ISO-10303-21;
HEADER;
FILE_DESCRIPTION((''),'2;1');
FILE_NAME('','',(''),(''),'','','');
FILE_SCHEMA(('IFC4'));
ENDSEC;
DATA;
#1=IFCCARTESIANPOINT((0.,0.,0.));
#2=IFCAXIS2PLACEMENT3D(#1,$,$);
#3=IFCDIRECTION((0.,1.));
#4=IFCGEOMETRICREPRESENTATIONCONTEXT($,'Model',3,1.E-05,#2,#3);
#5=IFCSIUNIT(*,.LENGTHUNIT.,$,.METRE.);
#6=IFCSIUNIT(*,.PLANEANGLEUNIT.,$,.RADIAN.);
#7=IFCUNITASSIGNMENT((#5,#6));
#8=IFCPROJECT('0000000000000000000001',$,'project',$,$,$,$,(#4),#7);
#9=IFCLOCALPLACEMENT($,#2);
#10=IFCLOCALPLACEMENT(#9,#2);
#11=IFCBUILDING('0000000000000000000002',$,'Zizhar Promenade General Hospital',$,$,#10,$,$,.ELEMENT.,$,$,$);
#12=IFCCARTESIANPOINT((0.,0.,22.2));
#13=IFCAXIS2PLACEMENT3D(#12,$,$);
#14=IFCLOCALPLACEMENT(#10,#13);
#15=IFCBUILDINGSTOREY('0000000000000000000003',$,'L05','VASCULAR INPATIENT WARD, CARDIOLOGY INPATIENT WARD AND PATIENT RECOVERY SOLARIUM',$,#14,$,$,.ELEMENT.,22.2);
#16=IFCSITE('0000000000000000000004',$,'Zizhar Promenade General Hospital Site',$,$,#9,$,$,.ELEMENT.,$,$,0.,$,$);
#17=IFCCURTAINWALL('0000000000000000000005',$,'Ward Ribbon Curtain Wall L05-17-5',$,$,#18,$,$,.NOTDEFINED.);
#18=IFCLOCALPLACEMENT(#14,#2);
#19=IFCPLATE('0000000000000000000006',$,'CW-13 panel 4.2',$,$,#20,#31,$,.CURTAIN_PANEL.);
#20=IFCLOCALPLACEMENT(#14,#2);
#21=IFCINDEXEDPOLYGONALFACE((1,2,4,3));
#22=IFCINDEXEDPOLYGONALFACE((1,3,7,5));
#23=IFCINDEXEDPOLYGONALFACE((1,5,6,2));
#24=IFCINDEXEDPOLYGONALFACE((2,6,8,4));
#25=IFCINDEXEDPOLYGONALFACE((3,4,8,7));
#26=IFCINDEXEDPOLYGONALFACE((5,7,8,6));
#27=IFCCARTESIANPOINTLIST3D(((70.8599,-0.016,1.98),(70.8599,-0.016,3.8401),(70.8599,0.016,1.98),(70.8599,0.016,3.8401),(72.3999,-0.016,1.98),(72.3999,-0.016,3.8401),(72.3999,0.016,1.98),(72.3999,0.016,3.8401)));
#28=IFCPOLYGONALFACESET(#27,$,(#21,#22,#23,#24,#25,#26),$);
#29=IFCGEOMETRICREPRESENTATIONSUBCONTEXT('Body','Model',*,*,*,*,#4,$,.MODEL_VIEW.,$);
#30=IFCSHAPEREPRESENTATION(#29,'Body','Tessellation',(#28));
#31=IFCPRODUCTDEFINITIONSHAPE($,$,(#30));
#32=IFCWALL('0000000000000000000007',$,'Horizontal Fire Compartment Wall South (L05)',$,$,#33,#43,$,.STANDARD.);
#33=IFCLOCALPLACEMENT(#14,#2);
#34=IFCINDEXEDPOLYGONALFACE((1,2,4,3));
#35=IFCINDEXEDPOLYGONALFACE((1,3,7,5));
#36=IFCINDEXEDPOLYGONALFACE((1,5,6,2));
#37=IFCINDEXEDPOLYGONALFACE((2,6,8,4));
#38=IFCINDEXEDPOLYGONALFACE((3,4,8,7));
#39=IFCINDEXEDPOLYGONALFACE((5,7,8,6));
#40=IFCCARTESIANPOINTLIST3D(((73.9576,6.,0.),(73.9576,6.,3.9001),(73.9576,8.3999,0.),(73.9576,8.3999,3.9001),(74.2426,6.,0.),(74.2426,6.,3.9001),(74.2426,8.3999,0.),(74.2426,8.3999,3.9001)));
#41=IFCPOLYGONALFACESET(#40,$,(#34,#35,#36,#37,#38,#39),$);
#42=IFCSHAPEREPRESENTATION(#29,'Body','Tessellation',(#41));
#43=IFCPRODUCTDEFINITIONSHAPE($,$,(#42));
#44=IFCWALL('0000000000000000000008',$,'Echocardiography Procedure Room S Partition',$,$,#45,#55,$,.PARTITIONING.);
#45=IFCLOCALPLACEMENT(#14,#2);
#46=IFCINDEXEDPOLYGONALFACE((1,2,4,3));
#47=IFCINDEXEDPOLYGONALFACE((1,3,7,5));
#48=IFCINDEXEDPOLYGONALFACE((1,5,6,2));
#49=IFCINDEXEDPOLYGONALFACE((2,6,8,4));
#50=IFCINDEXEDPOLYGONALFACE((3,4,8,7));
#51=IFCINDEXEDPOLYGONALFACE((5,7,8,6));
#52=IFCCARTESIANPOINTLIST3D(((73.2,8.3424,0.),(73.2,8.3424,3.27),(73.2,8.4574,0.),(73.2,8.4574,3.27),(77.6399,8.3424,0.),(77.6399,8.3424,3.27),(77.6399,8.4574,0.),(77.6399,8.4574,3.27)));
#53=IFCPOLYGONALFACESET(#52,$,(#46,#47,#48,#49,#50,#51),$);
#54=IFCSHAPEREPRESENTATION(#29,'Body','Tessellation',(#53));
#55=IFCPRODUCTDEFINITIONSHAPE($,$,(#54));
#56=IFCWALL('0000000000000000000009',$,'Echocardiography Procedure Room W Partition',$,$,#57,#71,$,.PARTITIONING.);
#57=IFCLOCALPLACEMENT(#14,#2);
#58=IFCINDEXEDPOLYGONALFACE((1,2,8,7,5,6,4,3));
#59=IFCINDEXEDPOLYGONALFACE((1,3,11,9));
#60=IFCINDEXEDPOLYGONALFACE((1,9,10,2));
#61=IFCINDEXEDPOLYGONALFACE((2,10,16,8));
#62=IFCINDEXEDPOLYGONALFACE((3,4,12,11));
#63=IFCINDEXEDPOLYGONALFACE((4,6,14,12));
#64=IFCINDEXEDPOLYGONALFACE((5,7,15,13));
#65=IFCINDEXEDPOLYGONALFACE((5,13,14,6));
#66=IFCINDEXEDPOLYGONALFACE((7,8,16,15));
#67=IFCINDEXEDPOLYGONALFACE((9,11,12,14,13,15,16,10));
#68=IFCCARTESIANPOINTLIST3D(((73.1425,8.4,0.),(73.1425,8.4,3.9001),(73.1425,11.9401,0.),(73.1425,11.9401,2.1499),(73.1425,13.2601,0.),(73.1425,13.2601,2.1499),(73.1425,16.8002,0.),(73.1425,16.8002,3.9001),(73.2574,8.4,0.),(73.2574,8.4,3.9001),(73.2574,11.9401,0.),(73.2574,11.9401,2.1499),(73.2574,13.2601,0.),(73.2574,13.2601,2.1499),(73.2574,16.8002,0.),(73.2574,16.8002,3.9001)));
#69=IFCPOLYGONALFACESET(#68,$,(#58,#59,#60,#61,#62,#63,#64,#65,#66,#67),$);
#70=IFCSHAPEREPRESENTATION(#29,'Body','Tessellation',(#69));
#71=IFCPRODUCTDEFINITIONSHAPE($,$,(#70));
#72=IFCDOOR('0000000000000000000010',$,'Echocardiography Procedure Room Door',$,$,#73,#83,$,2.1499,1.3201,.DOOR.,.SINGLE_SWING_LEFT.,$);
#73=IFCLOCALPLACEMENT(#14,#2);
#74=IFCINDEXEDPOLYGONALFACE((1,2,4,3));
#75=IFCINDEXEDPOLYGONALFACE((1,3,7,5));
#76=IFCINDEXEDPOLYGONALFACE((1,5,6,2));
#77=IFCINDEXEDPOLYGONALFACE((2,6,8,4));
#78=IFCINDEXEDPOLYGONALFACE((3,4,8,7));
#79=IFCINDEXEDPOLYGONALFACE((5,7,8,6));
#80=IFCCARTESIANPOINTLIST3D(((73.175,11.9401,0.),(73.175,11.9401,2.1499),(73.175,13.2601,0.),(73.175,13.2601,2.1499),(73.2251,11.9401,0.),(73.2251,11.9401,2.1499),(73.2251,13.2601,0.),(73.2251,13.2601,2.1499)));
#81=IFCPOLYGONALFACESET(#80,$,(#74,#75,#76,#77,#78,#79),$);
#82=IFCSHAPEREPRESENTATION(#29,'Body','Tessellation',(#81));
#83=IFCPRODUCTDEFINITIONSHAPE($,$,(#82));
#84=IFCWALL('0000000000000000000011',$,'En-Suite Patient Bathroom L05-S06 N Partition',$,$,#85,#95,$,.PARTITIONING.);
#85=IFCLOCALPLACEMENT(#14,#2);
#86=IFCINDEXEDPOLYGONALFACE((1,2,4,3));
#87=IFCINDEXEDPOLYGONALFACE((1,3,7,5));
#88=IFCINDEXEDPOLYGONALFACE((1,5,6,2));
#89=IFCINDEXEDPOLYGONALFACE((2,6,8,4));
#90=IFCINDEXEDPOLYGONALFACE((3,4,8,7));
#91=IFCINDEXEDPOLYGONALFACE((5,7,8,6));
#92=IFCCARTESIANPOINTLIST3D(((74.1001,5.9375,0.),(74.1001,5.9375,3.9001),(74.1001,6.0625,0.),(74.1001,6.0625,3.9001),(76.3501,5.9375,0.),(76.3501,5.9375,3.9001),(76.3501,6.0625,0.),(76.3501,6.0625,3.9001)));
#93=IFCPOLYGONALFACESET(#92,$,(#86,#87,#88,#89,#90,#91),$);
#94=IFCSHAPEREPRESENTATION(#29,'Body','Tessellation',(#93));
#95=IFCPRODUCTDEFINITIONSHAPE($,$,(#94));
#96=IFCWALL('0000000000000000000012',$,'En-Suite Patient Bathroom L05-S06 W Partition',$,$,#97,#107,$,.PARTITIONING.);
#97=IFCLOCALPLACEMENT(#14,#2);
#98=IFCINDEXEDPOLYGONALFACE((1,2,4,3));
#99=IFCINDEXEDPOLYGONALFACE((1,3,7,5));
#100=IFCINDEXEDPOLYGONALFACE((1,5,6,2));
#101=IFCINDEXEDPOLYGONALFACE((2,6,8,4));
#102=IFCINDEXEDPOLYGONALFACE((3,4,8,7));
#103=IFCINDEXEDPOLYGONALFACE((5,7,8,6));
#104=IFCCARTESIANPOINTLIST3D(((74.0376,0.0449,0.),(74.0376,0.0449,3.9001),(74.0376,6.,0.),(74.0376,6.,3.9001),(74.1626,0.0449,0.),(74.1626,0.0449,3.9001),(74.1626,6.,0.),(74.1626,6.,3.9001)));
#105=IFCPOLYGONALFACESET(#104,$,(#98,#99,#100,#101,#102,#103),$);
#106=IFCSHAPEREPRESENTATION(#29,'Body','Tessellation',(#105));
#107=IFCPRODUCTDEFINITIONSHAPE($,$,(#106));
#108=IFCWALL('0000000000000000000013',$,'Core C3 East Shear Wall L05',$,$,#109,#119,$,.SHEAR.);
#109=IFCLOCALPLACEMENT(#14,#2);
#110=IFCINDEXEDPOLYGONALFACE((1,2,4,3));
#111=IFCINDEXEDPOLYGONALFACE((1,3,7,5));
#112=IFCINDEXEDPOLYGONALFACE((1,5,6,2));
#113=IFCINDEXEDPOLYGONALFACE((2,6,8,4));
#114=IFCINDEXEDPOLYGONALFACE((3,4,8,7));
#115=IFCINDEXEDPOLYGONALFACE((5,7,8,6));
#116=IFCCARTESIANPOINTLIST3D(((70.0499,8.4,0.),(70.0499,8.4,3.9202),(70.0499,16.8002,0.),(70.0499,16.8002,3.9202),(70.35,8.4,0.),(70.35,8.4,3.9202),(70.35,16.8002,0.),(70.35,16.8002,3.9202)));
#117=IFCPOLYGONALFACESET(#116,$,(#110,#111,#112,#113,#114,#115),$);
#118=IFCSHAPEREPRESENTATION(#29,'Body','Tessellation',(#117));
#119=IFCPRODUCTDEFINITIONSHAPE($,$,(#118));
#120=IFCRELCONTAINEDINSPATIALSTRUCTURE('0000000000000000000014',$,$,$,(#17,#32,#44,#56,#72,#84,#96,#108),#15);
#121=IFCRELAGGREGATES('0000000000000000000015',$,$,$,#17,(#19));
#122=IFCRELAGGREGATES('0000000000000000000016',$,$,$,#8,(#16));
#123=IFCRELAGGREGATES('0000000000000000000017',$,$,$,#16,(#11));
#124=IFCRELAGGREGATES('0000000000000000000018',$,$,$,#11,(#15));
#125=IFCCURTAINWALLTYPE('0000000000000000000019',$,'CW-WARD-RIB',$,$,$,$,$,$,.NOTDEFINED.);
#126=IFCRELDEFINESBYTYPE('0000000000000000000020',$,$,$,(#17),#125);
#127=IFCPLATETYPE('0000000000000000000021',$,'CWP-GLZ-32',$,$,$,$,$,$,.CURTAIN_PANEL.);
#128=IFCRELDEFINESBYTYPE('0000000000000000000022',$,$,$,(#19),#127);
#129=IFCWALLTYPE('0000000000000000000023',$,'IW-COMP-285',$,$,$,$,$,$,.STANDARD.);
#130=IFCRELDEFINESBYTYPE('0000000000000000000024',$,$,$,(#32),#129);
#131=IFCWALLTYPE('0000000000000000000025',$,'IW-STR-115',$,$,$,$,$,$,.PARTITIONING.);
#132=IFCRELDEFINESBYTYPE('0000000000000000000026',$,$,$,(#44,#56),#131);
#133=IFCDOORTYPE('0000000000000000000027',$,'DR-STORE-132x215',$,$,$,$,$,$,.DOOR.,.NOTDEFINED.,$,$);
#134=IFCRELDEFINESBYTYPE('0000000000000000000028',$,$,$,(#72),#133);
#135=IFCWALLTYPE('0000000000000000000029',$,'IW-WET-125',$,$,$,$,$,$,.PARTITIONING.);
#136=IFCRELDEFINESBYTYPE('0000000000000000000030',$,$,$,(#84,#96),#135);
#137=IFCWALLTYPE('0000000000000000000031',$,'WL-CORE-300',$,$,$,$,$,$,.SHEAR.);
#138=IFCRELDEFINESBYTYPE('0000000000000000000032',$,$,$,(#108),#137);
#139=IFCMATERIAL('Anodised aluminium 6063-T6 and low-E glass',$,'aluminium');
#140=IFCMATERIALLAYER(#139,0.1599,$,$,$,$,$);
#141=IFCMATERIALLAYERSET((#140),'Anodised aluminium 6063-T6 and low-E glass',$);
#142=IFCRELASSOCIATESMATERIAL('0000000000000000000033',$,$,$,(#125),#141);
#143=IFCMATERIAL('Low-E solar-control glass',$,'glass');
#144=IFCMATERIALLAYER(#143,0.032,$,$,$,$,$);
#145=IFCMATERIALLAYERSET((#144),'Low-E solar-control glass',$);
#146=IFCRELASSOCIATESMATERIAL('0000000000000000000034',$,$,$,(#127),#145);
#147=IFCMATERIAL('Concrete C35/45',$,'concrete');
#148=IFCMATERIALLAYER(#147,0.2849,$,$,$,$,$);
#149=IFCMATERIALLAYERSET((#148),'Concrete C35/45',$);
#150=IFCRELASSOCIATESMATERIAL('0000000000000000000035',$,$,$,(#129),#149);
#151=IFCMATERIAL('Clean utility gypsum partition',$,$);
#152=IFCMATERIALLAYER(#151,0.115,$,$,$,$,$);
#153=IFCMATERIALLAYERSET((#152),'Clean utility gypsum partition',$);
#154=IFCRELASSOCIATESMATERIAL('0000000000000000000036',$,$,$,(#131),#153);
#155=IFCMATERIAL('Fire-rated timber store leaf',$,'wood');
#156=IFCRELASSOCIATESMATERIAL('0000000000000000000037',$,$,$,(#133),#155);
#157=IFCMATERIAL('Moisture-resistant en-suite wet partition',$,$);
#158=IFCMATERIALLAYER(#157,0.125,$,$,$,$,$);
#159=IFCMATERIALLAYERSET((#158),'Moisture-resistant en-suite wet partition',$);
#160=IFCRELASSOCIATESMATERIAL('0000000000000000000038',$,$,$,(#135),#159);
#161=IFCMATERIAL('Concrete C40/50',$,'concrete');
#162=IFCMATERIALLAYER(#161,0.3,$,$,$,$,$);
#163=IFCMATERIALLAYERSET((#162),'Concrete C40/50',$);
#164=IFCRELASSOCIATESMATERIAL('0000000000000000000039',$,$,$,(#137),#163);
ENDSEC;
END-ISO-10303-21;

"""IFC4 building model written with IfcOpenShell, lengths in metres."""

from ifc_helpers import new_model, si_unit, direction, frame, frame_2d, origin, origin_2d, place, context, subcontext, project, spatial, rectangle, extrude, material, layer, layer_set, type_object, element, fill, aggregate, save


model = new_model("IFC4")

# Units and contexts
model_context = context("Model", 3, precision=1e-05, world=origin(), true_north=direction((0.0, 1.0)))
body_context = subcontext(model_context, "Body", "Model", "MODEL_VIEW")
ifc_project = project(units=[si_unit("LENGTHUNIT", "METRE"), si_unit("PLANEANGLEUNIT", "RADIAN")], contexts=[model_context])

# Site, building, storey
site_placement = place(None, origin())
site = spatial("IfcSite", under=ifc_project, at=site_placement, Name="Zizhar Promenade General Hospital Site", CompositionType="ELEMENT", RefElevation=0.0)
building_placement = place(site_placement, origin())
building = spatial("IfcBuilding", under=site, at=building_placement, Name="Zizhar Promenade General Hospital", CompositionType="ELEMENT")
storey_placement = place(building_placement, frame((0.0, 0.0, 22.2)))
storey = spatial("IfcBuildingStorey", under=building, at=storey_placement, Name="L05", Description="VASCULAR INPATIENT WARD, CARDIOLOGY INPATIENT WARD AND PATIENT RECOVERY SOLARIUM", CompositionType="ELEMENT", Elevation=22.2)

# Curtain wall, plate
ifc_material_1 = material(Name="Anodised aluminium 6063-T6 and low-E glass", Category="aluminium")
ifc_layer_1 = layer(ifc_material_1, 0.1599)
ifc_layer_set_1 = layer_set([ifc_layer_1], Name="Anodised aluminium 6063-T6 and low-E glass")
curtain_wall_type = type_object("IfcCurtainWallType", Name="CW-WARD-RIB", PredefinedType="NOTDEFINED", material=ifc_layer_set_1)
curtain_wall_placement = place(storey_placement, origin())
curtain_wall = element("IfcCurtainWall", 1, at=curtain_wall_placement, inside=storey, type_object=curtain_wall_type, Name="Ward Ribbon Curtain Wall L05-17-5", PredefinedType="NOTDEFINED")
ifc_material_2 = material(Name="Low-E solar-control glass", Category="glass")
ifc_layer_2 = layer(ifc_material_2, 0.032)
ifc_layer_set_2 = layer_set([ifc_layer_2], Name="Low-E solar-control glass")
plate_type = type_object("IfcPlateType", Name="CWP-GLZ-32", PredefinedType="CURTAIN_PANEL", material=ifc_layer_set_2)
plate_1_placement = place(storey_placement, frame((71.6299, 0.0, 1.98), z_axis=(0.0, 0.0, 1.0), x_axis=(-1.0, 0.0, 0.0)))
plate_1 = element("IfcPlate", 2, at=plate_1_placement, type_object=plate_type, Name="CW-13 panel 4.2", PredefinedType="CURTAIN_PANEL", context=body_context, shape_type="SweptSolid", body=[
    extrude(rectangle(XDim=1.54, YDim=0.032, at=origin_2d()), origin(), (0.0, 0.0, 1.0), 1.8601),
])
aggregate(curtain_wall, [plate_1])

# Walls
ifc_material_3 = material(Name="Concrete C35/45", Category="concrete")
ifc_layer_3 = layer(ifc_material_3, 0.2849)
ifc_layer_set_3 = layer_set([ifc_layer_3], Name="Concrete C35/45")
wall_type_1 = type_object("IfcWallType", Name="IW-COMP-285", PredefinedType="STANDARD", material=ifc_layer_set_3)
wall_1_placement = place(storey_placement, frame((74.1001, 6.0, 0.0), z_axis=(0.0, 0.0, 1.0), x_axis=(0.0, 1.0, 0.0)))
element("IfcWall", 3, at=wall_1_placement, inside=storey, type_object=wall_type_1, Name="Horizontal Fire Compartment Wall South (L05)", PredefinedType="STANDARD", context=body_context, shape_type="SweptSolid", body=[
    extrude(rectangle(XDim=2.3999, YDim=0.2849, at=frame_2d((1.2, 0.0))), origin(), (0.0, 0.0, 1.0), 3.9001),
])
ifc_material_4 = material(Name="Clean utility gypsum partition")
ifc_layer_4 = layer(ifc_material_4, 0.115)
ifc_layer_set_4 = layer_set([ifc_layer_4], Name="Clean utility gypsum partition")
wall_type_2 = type_object("IfcWallType", Name="IW-STR-115", PredefinedType="PARTITIONING", material=ifc_layer_set_4)
wall_2_placement = place(storey_placement, frame((73.2, 8.3999, 0.0), z_axis=(0.0, 0.0, 1.0), x_axis=(1.0, 0.0, 0.0)))
element("IfcWall", 4, at=wall_2_placement, inside=storey, type_object=wall_type_2, Name="Echocardiography Procedure Room S Partition", PredefinedType="PARTITIONING", context=body_context, shape_type="SweptSolid", body=[
    extrude(rectangle(XDim=4.4399, YDim=0.115, at=frame_2d((2.22, 0.0))), origin(), (0.0, 0.0, 1.0), 3.27),
])

# Wall, opening, door
wall_3_placement = place(storey_placement, frame((73.2, 8.3999, 0.0), z_axis=(0.0, 0.0, 1.0), x_axis=(0.0, 1.0, 0.0)))
wall_3 = element("IfcWall", 5, at=wall_3_placement, inside=storey, type_object=wall_type_2, Name="Echocardiography Procedure Room W Partition", PredefinedType="PARTITIONING", context=body_context, shape_type="SweptSolid", body=[
    extrude(rectangle(XDim=8.4001, YDim=0.115, at=frame_2d((4.2002, 0.0))), origin(), (0.0, 0.0, 1.0), 3.9001),
])
opening_placement = place(wall_3_placement, frame((3.54, 0.0, 0.0)))
opening = element("IfcOpeningElement", 6, at=opening_placement, cuts=wall_3, PredefinedType="OPENING", context=body_context, shape_type="SweptSolid", body=[
    extrude(rectangle(XDim=1.3201, YDim=2.1499, at=frame_2d((0.6602, 1.075))), frame((0.0, 0.0674, 0.0), z_axis=(0.0, -1.0, 0.0), x_axis=(1.0, 0.0, 0.0)), (0.0, 0.0, 1.0), 0.135),
])
ifc_material_5 = material(Name="Fire-rated timber store leaf", Category="wood")
door_type = type_object("IfcDoorType", Name="DR-STORE-132x215", OperationType="NOTDEFINED", PredefinedType="DOOR", material=ifc_material_5)
door_placement = place(opening_placement, origin())
door = element("IfcDoor", 7, at=door_placement, inside=storey, type_object=door_type, Name="Echocardiography Procedure Room Door", OperationType="SINGLE_SWING_LEFT", OverallHeight=2.1499, OverallWidth=1.3201, PredefinedType="DOOR", context=body_context, shape_type="SweptSolid", body=[
    extrude(rectangle(XDim=1.3201, YDim=2.1499, at=frame_2d((0.6602, 1.075))), frame((0.0, 0.0249, 0.0), z_axis=(0.0, -1.0, 0.0), x_axis=(1.0, 0.0, 0.0)), (0.0, 0.0, 1.0), 0.05),
])
fill(opening, door)

# Walls
ifc_material_6 = material(Name="Moisture-resistant en-suite wet partition")
ifc_layer_5 = layer(ifc_material_6, 0.125)
ifc_layer_set_5 = layer_set([ifc_layer_5], Name="Moisture-resistant en-suite wet partition")
wall_type_3 = type_object("IfcWallType", Name="IW-WET-125", PredefinedType="PARTITIONING", material=ifc_layer_set_5)
wall_4_placement = place(storey_placement, frame((74.1001, 6.0, 0.0), z_axis=(0.0, 0.0, 1.0), x_axis=(1.0, 0.0, 0.0)))
element("IfcWall", 8, at=wall_4_placement, inside=storey, type_object=wall_type_3, Name="En-Suite Patient Bathroom L05-S06 N Partition", PredefinedType="PARTITIONING", context=body_context, shape_type="SweptSolid", body=[
    extrude(rectangle(XDim=2.25, YDim=0.125, at=frame_2d((1.125, 0.0))), origin(), (0.0, 0.0, 1.0), 3.9001),
])
wall_5_placement = place(storey_placement, frame((74.1001, 0.0449, 0.0), z_axis=(0.0, 0.0, 1.0), x_axis=(0.0, 1.0, 0.0)))
element("IfcWall", 9, at=wall_5_placement, inside=storey, type_object=wall_type_3, Name="En-Suite Patient Bathroom L05-S06 W Partition", PredefinedType="PARTITIONING", context=body_context, shape_type="SweptSolid", body=[
    extrude(rectangle(XDim=5.9551, YDim=0.125, at=frame_2d((2.9775, 0.0))), origin(), (0.0, 0.0, 1.0), 3.9001),
])
ifc_material_7 = material(Name="Concrete C40/50", Category="concrete")
ifc_layer_6 = layer(ifc_material_7, 0.3)
ifc_layer_set_6 = layer_set([ifc_layer_6], Name="Concrete C40/50")
wall_type_4 = type_object("IfcWallType", Name="WL-CORE-300", PredefinedType="SHEAR", material=ifc_layer_set_6)
wall_6_placement = place(storey_placement, frame((70.2, 8.3999, 0.0), z_axis=(0.0, 0.0, 1.0), x_axis=(0.0, 1.0, 0.0)))
element("IfcWall", 10, at=wall_6_placement, inside=storey, type_object=wall_type_4, Name="Core C3 East Shear Wall L05", PredefinedType="SHEAR", context=body_context, shape_type="SweptSolid", body=[
    extrude(rectangle(XDim=8.4001, YDim=0.3, at=frame_2d((4.2002, 0.0))), origin(), (0.0, 0.0, 1.0), 3.9202),
])

save(model, "model.ifc")
